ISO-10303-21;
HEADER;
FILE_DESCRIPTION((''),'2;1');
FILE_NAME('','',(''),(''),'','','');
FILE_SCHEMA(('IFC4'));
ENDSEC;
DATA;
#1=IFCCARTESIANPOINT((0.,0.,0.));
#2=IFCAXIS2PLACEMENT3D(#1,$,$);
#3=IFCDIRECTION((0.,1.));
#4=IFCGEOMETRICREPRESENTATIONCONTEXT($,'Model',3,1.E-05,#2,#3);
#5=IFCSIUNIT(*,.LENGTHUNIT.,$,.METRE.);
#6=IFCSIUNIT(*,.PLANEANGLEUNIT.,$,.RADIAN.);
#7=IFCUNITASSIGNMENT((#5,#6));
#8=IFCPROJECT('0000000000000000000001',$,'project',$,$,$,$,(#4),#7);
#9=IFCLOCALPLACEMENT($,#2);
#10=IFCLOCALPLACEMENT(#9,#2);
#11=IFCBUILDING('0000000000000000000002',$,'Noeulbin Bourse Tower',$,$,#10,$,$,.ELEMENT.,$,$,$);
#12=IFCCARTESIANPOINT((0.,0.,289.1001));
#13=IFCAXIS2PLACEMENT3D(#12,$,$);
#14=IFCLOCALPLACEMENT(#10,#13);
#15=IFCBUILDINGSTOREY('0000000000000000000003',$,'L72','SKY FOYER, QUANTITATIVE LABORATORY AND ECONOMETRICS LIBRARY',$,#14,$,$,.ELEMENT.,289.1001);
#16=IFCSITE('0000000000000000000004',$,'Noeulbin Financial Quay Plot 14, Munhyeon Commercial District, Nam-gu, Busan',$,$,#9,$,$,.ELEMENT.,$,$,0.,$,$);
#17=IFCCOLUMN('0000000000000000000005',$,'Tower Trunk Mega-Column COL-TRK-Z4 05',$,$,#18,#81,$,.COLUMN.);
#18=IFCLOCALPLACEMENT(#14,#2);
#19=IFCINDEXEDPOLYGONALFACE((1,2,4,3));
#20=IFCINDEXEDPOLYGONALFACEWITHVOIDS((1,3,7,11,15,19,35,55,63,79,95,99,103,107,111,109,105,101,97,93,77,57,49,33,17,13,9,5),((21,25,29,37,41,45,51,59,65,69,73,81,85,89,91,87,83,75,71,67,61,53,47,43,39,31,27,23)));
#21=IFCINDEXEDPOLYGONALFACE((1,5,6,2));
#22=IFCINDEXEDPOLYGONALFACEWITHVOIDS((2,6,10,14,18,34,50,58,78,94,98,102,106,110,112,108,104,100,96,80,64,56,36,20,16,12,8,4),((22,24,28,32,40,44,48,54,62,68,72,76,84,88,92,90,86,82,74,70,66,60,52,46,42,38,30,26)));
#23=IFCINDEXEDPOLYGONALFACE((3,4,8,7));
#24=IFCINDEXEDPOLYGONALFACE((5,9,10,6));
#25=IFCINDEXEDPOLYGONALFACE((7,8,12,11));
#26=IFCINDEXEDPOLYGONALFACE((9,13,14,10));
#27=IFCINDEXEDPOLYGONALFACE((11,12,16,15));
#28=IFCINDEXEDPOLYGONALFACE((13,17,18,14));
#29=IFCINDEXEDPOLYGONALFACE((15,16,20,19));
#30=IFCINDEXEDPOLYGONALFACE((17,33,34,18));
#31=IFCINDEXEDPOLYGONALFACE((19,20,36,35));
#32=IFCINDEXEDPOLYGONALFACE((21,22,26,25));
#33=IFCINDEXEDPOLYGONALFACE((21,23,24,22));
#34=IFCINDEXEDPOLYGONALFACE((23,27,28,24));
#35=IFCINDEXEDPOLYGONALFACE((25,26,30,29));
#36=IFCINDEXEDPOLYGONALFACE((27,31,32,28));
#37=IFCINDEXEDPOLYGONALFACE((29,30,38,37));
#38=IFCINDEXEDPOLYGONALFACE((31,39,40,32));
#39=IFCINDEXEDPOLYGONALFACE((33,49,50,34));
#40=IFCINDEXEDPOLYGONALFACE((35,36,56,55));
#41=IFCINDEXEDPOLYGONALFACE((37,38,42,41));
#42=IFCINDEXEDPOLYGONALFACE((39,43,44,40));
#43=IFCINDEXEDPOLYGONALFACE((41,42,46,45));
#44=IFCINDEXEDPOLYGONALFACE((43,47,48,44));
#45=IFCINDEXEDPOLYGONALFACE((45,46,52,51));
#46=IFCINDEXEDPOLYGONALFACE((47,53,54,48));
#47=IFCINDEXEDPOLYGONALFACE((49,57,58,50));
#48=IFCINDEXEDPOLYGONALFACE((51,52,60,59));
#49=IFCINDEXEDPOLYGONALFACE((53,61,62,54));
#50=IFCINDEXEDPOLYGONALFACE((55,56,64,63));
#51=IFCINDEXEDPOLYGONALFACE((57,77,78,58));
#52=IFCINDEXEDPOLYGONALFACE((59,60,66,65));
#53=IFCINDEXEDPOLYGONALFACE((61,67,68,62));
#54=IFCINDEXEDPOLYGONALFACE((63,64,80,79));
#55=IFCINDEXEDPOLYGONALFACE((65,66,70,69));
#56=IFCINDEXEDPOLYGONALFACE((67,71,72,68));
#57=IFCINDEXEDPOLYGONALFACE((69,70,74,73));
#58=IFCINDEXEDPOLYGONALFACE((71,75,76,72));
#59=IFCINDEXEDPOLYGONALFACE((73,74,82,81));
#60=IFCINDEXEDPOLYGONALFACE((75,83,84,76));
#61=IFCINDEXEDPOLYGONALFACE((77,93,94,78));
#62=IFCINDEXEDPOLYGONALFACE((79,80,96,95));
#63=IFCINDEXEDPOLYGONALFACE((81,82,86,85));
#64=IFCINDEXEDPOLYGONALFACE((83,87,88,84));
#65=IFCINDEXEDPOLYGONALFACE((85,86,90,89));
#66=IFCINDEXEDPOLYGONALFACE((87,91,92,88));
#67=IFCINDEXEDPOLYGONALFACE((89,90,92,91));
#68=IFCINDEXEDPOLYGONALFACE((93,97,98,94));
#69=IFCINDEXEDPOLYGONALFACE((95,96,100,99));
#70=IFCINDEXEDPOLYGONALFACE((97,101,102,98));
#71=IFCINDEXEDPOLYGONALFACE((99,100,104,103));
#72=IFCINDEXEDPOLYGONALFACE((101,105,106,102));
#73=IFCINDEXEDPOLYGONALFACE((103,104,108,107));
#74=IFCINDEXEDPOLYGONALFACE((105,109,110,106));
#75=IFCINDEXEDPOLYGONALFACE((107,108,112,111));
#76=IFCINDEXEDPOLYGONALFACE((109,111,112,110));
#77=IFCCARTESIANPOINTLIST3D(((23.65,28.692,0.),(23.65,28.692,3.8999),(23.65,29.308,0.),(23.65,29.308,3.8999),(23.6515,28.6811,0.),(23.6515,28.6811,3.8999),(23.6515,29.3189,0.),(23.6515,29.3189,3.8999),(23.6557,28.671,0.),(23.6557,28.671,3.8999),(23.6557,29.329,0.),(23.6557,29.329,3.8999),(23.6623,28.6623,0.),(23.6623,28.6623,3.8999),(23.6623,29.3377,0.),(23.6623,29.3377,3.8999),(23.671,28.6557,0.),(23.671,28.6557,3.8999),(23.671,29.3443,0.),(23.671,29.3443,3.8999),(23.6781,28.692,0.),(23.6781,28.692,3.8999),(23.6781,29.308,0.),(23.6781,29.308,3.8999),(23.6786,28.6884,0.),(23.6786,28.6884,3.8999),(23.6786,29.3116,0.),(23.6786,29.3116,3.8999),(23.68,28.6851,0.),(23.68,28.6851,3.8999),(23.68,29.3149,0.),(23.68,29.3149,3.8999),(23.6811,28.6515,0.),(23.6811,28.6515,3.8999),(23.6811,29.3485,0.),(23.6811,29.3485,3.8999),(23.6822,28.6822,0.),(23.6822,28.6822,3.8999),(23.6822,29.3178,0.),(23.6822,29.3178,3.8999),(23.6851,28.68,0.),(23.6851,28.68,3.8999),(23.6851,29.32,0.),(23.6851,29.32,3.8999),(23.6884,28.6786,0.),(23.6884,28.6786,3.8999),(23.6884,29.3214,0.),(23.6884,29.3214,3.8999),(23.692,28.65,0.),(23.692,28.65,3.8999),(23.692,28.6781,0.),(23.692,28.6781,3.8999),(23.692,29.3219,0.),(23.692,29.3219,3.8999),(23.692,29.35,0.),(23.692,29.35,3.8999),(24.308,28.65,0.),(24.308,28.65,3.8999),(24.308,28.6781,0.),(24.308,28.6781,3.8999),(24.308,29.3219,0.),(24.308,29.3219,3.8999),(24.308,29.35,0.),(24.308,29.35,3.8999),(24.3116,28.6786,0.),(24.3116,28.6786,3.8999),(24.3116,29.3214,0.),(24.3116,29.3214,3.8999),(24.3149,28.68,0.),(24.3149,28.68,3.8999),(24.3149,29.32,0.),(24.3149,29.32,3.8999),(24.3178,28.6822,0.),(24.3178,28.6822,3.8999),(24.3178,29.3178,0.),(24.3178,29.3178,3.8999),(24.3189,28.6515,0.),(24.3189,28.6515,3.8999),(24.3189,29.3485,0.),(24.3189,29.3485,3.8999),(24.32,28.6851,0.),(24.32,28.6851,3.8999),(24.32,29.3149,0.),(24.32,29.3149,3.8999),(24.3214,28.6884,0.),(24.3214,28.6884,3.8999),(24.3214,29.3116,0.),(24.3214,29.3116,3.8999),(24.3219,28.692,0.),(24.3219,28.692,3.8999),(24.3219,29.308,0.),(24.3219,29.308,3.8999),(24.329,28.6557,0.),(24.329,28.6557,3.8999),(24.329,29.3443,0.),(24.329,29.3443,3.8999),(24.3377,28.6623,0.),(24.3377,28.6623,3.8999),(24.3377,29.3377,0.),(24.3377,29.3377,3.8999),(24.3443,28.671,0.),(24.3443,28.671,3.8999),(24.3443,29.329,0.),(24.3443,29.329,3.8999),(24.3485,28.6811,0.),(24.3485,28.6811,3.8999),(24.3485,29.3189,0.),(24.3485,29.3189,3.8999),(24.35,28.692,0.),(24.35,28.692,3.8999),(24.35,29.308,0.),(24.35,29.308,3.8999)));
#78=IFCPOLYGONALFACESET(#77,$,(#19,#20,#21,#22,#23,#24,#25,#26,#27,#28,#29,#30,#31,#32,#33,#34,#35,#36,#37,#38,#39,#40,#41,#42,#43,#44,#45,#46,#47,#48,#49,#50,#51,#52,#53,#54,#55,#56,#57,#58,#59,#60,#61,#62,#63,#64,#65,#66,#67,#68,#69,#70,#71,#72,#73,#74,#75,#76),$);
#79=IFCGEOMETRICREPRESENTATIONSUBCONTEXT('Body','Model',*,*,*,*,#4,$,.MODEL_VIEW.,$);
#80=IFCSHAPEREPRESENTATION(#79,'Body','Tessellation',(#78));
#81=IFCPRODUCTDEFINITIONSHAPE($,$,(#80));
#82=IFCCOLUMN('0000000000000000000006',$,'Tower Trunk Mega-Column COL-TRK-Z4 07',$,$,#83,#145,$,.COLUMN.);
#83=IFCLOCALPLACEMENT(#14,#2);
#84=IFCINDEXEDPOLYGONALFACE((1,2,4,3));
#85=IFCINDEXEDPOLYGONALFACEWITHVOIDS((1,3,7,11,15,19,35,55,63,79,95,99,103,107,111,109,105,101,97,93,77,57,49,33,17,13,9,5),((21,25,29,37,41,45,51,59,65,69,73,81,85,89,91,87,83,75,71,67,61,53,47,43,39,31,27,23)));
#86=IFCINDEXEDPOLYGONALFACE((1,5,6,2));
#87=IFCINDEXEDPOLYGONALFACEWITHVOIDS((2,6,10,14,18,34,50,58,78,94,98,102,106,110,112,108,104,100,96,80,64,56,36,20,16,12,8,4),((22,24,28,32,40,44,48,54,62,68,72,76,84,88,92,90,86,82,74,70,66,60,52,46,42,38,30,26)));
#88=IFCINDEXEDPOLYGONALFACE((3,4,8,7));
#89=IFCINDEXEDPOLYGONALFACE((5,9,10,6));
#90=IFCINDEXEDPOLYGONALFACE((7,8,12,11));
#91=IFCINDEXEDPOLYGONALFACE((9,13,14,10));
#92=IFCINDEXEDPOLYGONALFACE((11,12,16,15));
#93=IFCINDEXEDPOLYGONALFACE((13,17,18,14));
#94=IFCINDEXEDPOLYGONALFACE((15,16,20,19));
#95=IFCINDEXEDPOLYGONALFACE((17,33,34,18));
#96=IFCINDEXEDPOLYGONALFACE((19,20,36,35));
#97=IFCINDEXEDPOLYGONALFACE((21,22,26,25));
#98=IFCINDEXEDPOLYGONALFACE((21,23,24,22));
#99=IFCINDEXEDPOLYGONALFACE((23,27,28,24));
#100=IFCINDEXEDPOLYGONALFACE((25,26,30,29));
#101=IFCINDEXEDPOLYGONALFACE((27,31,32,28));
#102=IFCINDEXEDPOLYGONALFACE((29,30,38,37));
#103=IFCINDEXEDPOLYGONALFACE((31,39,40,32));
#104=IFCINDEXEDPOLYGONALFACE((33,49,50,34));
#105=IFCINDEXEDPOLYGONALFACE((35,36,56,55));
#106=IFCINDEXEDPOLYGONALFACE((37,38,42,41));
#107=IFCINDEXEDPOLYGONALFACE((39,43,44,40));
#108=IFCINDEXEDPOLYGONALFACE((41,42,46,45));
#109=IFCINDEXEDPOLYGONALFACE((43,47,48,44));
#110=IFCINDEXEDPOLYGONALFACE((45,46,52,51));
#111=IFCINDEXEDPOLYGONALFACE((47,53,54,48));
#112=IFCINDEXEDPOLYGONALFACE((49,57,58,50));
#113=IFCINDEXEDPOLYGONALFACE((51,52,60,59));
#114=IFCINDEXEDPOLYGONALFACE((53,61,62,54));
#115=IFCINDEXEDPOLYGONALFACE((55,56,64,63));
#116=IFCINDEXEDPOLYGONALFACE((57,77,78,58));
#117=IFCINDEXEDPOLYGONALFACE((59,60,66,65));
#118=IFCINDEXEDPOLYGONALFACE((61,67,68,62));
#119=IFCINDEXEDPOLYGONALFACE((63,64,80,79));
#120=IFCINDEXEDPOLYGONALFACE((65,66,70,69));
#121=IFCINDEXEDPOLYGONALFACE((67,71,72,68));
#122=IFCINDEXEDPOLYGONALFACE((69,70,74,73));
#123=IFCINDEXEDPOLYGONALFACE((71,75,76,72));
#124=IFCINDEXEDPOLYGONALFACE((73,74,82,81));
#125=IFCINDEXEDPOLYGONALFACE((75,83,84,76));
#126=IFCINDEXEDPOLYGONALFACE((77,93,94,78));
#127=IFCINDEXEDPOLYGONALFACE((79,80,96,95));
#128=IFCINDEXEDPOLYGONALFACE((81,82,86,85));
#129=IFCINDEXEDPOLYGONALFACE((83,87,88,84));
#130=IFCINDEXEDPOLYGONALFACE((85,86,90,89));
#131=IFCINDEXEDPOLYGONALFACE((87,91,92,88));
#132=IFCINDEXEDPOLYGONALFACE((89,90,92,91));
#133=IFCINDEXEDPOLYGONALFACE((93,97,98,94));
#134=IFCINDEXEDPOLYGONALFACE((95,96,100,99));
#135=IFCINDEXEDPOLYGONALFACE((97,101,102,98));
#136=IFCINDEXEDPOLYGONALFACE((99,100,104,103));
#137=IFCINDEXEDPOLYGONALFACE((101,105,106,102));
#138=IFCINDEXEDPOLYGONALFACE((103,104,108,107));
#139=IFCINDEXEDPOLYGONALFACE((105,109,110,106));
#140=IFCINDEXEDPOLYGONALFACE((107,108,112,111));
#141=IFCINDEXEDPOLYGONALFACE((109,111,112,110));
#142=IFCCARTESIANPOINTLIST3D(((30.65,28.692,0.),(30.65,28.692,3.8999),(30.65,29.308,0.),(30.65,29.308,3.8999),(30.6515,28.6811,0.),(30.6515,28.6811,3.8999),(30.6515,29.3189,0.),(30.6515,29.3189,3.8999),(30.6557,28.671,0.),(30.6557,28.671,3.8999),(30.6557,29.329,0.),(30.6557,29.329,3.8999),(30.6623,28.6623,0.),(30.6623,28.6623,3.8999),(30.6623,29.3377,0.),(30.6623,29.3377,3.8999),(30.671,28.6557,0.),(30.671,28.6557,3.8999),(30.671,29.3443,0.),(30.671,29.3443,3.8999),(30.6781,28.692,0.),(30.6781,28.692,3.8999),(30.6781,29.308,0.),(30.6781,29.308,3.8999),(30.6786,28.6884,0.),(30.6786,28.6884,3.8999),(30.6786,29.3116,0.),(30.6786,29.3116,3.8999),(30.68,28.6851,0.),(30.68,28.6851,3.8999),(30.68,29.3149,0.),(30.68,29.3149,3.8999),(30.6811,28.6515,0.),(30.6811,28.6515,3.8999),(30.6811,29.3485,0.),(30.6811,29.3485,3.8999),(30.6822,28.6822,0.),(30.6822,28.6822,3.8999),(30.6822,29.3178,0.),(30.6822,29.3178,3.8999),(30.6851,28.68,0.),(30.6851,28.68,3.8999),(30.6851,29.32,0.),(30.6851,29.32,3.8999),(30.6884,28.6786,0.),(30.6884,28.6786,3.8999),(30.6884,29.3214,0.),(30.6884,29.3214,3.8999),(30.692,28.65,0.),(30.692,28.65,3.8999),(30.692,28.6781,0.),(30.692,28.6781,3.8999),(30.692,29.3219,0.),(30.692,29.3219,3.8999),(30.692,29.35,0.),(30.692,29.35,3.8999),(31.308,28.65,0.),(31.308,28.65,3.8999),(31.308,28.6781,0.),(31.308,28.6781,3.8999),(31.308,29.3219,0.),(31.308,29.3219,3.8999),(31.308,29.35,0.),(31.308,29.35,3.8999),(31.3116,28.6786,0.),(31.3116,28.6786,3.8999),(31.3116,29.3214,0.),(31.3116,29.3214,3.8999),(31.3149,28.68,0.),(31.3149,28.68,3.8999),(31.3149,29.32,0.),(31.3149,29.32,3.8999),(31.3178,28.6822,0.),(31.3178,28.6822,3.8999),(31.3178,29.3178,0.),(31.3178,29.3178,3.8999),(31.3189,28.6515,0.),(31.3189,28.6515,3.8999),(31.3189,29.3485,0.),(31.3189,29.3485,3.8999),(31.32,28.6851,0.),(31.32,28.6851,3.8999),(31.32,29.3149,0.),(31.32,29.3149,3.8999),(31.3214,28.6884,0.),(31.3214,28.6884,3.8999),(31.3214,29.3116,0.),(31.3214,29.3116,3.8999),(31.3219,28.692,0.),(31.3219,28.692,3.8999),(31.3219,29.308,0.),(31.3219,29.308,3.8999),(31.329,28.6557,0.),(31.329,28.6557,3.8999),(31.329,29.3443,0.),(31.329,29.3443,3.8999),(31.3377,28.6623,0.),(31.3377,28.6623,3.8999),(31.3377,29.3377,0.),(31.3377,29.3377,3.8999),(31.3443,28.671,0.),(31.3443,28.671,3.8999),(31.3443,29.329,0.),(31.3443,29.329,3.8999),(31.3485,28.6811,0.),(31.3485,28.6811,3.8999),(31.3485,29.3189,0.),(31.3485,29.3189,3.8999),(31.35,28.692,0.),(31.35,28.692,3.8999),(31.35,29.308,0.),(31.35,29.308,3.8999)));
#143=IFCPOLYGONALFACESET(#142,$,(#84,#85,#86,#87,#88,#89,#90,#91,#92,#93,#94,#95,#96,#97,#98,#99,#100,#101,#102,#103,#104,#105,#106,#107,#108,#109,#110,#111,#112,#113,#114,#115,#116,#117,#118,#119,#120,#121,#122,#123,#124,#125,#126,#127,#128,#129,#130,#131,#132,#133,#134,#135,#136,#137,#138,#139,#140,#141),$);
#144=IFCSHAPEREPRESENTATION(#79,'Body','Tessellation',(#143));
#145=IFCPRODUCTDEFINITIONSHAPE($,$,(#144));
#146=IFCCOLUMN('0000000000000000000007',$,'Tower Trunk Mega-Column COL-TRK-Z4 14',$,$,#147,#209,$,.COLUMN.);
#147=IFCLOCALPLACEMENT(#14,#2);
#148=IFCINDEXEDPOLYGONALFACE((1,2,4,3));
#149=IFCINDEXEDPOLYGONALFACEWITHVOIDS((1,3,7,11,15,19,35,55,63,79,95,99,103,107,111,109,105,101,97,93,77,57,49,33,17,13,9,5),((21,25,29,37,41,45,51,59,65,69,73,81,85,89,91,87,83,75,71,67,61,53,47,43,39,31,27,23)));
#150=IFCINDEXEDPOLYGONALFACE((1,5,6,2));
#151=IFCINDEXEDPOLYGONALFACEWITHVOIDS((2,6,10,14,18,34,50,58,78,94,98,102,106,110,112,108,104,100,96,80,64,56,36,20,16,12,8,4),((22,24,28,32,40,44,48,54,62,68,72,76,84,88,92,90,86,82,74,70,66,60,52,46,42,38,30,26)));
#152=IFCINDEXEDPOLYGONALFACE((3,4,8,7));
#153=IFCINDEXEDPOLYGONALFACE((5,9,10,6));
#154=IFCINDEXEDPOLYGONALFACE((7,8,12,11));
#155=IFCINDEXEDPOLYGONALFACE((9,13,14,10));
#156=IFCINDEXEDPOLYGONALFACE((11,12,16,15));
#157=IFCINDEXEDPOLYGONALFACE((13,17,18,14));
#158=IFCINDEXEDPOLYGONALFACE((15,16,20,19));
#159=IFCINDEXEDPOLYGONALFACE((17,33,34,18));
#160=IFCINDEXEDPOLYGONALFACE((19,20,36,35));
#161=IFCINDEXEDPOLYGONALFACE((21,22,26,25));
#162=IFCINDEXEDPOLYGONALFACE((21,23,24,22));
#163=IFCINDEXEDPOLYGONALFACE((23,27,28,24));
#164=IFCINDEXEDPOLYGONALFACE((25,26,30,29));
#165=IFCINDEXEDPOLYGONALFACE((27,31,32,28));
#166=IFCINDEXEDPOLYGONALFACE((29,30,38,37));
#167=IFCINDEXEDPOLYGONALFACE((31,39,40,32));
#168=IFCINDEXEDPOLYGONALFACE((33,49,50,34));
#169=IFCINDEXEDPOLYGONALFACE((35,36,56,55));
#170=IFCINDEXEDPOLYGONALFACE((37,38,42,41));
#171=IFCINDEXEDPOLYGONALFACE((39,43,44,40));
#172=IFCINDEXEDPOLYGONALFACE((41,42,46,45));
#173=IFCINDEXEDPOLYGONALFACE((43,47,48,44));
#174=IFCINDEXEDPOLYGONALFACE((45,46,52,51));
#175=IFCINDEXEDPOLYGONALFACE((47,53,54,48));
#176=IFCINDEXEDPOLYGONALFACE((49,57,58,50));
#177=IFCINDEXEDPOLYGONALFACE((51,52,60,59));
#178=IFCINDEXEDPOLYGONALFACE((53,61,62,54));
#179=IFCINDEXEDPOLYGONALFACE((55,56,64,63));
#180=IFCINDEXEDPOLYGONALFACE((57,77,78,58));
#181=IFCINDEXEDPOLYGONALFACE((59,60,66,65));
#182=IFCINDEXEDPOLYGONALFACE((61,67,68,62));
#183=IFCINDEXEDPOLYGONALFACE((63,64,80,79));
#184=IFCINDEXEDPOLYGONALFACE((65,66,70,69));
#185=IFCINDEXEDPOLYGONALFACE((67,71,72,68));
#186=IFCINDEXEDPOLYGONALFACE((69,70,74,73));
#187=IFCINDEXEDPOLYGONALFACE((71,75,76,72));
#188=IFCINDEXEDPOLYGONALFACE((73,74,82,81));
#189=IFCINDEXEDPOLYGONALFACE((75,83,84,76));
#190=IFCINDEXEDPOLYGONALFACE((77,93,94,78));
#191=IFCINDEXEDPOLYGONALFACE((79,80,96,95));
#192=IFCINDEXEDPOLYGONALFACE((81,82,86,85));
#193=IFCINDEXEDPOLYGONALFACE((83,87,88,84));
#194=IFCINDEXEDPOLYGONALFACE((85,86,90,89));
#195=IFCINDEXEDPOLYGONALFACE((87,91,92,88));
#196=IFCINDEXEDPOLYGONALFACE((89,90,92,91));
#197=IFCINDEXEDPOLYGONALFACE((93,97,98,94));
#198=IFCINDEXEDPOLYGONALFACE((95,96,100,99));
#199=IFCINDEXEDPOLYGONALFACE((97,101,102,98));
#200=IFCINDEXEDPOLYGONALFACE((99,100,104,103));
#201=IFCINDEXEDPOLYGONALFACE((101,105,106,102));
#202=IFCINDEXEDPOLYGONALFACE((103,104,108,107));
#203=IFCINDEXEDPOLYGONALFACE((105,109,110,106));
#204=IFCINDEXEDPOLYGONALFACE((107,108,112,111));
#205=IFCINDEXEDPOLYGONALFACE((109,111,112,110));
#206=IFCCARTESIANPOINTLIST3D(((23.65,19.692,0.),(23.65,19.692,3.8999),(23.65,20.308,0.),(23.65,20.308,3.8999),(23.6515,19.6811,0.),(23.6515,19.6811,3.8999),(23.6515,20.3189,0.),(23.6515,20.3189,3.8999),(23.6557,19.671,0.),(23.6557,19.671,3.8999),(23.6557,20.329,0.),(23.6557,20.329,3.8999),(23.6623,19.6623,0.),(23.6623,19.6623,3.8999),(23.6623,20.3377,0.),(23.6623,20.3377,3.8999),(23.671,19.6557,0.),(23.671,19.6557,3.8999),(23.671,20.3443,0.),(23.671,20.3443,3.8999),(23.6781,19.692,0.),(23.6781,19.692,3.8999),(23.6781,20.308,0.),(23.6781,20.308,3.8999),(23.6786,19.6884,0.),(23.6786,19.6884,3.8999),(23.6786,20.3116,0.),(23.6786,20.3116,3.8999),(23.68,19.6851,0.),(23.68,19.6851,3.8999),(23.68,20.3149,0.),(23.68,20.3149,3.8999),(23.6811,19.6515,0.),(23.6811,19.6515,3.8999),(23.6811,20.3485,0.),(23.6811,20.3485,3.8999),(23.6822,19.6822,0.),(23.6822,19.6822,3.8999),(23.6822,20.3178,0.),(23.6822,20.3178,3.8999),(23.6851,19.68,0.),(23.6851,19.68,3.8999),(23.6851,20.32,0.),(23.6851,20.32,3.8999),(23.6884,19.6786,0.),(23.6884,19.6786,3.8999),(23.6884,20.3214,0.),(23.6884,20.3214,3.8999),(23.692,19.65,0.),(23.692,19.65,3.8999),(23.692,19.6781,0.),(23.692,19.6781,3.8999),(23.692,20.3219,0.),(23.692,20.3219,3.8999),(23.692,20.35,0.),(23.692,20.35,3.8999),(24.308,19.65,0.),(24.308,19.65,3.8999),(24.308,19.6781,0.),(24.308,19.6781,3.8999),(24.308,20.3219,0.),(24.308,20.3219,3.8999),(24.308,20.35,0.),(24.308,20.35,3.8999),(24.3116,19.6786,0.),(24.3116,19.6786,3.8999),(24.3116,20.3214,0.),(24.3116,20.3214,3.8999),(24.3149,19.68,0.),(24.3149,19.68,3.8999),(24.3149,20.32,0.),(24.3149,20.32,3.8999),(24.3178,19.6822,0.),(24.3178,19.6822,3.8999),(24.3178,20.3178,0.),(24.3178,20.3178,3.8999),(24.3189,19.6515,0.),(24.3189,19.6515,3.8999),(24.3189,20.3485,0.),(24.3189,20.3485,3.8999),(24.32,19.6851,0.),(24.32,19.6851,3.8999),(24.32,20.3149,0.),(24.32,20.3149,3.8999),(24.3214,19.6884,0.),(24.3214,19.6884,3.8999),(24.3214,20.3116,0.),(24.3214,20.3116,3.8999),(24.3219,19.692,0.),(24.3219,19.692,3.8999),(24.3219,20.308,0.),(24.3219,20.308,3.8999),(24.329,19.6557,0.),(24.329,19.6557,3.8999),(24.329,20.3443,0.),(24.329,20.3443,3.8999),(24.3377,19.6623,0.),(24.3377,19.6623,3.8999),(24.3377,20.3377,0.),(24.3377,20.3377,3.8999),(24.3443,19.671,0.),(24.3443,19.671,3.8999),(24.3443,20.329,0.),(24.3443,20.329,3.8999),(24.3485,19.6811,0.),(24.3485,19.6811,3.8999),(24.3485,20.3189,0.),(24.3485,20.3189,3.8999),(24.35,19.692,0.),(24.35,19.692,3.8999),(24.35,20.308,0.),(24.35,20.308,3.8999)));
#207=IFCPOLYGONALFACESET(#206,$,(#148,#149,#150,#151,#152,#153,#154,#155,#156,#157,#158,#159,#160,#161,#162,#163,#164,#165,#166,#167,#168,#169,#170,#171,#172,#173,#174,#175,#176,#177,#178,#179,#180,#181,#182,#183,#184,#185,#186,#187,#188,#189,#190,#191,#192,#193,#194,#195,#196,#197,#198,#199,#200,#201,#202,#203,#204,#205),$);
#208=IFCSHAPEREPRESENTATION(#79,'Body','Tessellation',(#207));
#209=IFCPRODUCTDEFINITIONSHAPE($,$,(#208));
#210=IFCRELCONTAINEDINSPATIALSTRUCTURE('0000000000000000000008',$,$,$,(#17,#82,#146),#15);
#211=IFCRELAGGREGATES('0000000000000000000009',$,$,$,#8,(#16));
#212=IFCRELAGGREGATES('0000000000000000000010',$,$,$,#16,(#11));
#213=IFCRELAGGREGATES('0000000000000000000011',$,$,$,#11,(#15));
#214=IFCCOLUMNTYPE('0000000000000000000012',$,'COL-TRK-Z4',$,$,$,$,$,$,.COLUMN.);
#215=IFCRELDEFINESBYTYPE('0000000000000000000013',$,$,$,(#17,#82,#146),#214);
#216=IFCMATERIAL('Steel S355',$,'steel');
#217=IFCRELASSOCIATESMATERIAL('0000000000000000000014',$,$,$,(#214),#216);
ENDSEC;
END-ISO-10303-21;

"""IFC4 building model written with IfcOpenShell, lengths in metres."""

from ifc_helpers import new_model, si_unit, direction, frame, origin, origin_2d, place, context, subcontext, project, spatial, hollow_rectangle, extrude, material, material_profile, profile_set, type_object, element, save


model = new_model("IFC4")

# Units and contexts
model_context = context("Model", 3, precision=1e-05, world=origin(), true_north=direction((0.0, 1.0)))
body_context = subcontext(model_context, "Body", "Model", "MODEL_VIEW")
ifc_project = project(units=[si_unit("LENGTHUNIT", "METRE"), si_unit("PLANEANGLEUNIT", "RADIAN")], contexts=[model_context])

# Site, building, storey
site_placement = place(None, origin())
site = spatial("IfcSite", under=ifc_project, at=site_placement, Name="Noeulbin Financial Quay Plot 14, Munhyeon Commercial District, Nam-gu, Busan", CompositionType="ELEMENT", RefElevation=0.0)
building_placement = place(site_placement, origin())
building = spatial("IfcBuilding", under=site, at=building_placement, Name="Noeulbin Bourse Tower", CompositionType="ELEMENT")
storey_placement = place(building_placement, frame((0.0, 0.0, 289.1001)))
storey = spatial("IfcBuildingStorey", under=building, at=storey_placement, Name="L72", Description="SKY FOYER, QUANTITATIVE LABORATORY AND ECONOMETRICS LIBRARY", CompositionType="ELEMENT", Elevation=289.1001)

# Columns
ifc_material_1 = material(Name="Steel S355", Category="steel")
ifc_material_profile_1 = material_profile(ifc_material_1, hollow_rectangle(XDim=0.7, YDim=0.7, WallThickness=0.0281, InnerFilletRadius=0.0139, OuterFilletRadius=0.042, at=origin_2d()), Name="BOX-700x700x28", Category="LoadBearing")
ifc_profile_set_1 = profile_set([ifc_material_profile_1], Name="Steel S355")
column_type = type_object("IfcColumnType", Name="COL-TRK-Z4", PredefinedType="COLUMN", material=ifc_profile_set_1)
for number, where, z_axis, x_axis, name in (
    (1, (24.0, 29.0, 0.0), (0.0, 0.0, 1.0), (1.0, 0.0, 0.0), "Tower Trunk Mega-Column COL-TRK-Z4 05"),
    (2, (31.0, 29.0, 0.0), (0.0, 0.0, 1.0), (1.0, 0.0, 0.0), "Tower Trunk Mega-Column COL-TRK-Z4 07"),
    (3, (24.0, 20.0, 0.0), (0.0, 0.0, 1.0), (1.0, 0.0, 0.0), "Tower Trunk Mega-Column COL-TRK-Z4 14"),
):
    element("IfcColumn", number, at=place(storey_placement, frame(where, z_axis=z_axis, x_axis=x_axis)), inside=storey, type_object=column_type, Name=name, PredefinedType="COLUMN", context=body_context, shape_type="SweptSolid", body=[
        extrude(hollow_rectangle(XDim=0.7, YDim=0.7, WallThickness=0.0281, InnerFilletRadius=0.0139, OuterFilletRadius=0.042, at=origin_2d()), origin(), (0.0, 0.0, 1.0), 3.8999),
    ])

save(model, "model.ifc")
